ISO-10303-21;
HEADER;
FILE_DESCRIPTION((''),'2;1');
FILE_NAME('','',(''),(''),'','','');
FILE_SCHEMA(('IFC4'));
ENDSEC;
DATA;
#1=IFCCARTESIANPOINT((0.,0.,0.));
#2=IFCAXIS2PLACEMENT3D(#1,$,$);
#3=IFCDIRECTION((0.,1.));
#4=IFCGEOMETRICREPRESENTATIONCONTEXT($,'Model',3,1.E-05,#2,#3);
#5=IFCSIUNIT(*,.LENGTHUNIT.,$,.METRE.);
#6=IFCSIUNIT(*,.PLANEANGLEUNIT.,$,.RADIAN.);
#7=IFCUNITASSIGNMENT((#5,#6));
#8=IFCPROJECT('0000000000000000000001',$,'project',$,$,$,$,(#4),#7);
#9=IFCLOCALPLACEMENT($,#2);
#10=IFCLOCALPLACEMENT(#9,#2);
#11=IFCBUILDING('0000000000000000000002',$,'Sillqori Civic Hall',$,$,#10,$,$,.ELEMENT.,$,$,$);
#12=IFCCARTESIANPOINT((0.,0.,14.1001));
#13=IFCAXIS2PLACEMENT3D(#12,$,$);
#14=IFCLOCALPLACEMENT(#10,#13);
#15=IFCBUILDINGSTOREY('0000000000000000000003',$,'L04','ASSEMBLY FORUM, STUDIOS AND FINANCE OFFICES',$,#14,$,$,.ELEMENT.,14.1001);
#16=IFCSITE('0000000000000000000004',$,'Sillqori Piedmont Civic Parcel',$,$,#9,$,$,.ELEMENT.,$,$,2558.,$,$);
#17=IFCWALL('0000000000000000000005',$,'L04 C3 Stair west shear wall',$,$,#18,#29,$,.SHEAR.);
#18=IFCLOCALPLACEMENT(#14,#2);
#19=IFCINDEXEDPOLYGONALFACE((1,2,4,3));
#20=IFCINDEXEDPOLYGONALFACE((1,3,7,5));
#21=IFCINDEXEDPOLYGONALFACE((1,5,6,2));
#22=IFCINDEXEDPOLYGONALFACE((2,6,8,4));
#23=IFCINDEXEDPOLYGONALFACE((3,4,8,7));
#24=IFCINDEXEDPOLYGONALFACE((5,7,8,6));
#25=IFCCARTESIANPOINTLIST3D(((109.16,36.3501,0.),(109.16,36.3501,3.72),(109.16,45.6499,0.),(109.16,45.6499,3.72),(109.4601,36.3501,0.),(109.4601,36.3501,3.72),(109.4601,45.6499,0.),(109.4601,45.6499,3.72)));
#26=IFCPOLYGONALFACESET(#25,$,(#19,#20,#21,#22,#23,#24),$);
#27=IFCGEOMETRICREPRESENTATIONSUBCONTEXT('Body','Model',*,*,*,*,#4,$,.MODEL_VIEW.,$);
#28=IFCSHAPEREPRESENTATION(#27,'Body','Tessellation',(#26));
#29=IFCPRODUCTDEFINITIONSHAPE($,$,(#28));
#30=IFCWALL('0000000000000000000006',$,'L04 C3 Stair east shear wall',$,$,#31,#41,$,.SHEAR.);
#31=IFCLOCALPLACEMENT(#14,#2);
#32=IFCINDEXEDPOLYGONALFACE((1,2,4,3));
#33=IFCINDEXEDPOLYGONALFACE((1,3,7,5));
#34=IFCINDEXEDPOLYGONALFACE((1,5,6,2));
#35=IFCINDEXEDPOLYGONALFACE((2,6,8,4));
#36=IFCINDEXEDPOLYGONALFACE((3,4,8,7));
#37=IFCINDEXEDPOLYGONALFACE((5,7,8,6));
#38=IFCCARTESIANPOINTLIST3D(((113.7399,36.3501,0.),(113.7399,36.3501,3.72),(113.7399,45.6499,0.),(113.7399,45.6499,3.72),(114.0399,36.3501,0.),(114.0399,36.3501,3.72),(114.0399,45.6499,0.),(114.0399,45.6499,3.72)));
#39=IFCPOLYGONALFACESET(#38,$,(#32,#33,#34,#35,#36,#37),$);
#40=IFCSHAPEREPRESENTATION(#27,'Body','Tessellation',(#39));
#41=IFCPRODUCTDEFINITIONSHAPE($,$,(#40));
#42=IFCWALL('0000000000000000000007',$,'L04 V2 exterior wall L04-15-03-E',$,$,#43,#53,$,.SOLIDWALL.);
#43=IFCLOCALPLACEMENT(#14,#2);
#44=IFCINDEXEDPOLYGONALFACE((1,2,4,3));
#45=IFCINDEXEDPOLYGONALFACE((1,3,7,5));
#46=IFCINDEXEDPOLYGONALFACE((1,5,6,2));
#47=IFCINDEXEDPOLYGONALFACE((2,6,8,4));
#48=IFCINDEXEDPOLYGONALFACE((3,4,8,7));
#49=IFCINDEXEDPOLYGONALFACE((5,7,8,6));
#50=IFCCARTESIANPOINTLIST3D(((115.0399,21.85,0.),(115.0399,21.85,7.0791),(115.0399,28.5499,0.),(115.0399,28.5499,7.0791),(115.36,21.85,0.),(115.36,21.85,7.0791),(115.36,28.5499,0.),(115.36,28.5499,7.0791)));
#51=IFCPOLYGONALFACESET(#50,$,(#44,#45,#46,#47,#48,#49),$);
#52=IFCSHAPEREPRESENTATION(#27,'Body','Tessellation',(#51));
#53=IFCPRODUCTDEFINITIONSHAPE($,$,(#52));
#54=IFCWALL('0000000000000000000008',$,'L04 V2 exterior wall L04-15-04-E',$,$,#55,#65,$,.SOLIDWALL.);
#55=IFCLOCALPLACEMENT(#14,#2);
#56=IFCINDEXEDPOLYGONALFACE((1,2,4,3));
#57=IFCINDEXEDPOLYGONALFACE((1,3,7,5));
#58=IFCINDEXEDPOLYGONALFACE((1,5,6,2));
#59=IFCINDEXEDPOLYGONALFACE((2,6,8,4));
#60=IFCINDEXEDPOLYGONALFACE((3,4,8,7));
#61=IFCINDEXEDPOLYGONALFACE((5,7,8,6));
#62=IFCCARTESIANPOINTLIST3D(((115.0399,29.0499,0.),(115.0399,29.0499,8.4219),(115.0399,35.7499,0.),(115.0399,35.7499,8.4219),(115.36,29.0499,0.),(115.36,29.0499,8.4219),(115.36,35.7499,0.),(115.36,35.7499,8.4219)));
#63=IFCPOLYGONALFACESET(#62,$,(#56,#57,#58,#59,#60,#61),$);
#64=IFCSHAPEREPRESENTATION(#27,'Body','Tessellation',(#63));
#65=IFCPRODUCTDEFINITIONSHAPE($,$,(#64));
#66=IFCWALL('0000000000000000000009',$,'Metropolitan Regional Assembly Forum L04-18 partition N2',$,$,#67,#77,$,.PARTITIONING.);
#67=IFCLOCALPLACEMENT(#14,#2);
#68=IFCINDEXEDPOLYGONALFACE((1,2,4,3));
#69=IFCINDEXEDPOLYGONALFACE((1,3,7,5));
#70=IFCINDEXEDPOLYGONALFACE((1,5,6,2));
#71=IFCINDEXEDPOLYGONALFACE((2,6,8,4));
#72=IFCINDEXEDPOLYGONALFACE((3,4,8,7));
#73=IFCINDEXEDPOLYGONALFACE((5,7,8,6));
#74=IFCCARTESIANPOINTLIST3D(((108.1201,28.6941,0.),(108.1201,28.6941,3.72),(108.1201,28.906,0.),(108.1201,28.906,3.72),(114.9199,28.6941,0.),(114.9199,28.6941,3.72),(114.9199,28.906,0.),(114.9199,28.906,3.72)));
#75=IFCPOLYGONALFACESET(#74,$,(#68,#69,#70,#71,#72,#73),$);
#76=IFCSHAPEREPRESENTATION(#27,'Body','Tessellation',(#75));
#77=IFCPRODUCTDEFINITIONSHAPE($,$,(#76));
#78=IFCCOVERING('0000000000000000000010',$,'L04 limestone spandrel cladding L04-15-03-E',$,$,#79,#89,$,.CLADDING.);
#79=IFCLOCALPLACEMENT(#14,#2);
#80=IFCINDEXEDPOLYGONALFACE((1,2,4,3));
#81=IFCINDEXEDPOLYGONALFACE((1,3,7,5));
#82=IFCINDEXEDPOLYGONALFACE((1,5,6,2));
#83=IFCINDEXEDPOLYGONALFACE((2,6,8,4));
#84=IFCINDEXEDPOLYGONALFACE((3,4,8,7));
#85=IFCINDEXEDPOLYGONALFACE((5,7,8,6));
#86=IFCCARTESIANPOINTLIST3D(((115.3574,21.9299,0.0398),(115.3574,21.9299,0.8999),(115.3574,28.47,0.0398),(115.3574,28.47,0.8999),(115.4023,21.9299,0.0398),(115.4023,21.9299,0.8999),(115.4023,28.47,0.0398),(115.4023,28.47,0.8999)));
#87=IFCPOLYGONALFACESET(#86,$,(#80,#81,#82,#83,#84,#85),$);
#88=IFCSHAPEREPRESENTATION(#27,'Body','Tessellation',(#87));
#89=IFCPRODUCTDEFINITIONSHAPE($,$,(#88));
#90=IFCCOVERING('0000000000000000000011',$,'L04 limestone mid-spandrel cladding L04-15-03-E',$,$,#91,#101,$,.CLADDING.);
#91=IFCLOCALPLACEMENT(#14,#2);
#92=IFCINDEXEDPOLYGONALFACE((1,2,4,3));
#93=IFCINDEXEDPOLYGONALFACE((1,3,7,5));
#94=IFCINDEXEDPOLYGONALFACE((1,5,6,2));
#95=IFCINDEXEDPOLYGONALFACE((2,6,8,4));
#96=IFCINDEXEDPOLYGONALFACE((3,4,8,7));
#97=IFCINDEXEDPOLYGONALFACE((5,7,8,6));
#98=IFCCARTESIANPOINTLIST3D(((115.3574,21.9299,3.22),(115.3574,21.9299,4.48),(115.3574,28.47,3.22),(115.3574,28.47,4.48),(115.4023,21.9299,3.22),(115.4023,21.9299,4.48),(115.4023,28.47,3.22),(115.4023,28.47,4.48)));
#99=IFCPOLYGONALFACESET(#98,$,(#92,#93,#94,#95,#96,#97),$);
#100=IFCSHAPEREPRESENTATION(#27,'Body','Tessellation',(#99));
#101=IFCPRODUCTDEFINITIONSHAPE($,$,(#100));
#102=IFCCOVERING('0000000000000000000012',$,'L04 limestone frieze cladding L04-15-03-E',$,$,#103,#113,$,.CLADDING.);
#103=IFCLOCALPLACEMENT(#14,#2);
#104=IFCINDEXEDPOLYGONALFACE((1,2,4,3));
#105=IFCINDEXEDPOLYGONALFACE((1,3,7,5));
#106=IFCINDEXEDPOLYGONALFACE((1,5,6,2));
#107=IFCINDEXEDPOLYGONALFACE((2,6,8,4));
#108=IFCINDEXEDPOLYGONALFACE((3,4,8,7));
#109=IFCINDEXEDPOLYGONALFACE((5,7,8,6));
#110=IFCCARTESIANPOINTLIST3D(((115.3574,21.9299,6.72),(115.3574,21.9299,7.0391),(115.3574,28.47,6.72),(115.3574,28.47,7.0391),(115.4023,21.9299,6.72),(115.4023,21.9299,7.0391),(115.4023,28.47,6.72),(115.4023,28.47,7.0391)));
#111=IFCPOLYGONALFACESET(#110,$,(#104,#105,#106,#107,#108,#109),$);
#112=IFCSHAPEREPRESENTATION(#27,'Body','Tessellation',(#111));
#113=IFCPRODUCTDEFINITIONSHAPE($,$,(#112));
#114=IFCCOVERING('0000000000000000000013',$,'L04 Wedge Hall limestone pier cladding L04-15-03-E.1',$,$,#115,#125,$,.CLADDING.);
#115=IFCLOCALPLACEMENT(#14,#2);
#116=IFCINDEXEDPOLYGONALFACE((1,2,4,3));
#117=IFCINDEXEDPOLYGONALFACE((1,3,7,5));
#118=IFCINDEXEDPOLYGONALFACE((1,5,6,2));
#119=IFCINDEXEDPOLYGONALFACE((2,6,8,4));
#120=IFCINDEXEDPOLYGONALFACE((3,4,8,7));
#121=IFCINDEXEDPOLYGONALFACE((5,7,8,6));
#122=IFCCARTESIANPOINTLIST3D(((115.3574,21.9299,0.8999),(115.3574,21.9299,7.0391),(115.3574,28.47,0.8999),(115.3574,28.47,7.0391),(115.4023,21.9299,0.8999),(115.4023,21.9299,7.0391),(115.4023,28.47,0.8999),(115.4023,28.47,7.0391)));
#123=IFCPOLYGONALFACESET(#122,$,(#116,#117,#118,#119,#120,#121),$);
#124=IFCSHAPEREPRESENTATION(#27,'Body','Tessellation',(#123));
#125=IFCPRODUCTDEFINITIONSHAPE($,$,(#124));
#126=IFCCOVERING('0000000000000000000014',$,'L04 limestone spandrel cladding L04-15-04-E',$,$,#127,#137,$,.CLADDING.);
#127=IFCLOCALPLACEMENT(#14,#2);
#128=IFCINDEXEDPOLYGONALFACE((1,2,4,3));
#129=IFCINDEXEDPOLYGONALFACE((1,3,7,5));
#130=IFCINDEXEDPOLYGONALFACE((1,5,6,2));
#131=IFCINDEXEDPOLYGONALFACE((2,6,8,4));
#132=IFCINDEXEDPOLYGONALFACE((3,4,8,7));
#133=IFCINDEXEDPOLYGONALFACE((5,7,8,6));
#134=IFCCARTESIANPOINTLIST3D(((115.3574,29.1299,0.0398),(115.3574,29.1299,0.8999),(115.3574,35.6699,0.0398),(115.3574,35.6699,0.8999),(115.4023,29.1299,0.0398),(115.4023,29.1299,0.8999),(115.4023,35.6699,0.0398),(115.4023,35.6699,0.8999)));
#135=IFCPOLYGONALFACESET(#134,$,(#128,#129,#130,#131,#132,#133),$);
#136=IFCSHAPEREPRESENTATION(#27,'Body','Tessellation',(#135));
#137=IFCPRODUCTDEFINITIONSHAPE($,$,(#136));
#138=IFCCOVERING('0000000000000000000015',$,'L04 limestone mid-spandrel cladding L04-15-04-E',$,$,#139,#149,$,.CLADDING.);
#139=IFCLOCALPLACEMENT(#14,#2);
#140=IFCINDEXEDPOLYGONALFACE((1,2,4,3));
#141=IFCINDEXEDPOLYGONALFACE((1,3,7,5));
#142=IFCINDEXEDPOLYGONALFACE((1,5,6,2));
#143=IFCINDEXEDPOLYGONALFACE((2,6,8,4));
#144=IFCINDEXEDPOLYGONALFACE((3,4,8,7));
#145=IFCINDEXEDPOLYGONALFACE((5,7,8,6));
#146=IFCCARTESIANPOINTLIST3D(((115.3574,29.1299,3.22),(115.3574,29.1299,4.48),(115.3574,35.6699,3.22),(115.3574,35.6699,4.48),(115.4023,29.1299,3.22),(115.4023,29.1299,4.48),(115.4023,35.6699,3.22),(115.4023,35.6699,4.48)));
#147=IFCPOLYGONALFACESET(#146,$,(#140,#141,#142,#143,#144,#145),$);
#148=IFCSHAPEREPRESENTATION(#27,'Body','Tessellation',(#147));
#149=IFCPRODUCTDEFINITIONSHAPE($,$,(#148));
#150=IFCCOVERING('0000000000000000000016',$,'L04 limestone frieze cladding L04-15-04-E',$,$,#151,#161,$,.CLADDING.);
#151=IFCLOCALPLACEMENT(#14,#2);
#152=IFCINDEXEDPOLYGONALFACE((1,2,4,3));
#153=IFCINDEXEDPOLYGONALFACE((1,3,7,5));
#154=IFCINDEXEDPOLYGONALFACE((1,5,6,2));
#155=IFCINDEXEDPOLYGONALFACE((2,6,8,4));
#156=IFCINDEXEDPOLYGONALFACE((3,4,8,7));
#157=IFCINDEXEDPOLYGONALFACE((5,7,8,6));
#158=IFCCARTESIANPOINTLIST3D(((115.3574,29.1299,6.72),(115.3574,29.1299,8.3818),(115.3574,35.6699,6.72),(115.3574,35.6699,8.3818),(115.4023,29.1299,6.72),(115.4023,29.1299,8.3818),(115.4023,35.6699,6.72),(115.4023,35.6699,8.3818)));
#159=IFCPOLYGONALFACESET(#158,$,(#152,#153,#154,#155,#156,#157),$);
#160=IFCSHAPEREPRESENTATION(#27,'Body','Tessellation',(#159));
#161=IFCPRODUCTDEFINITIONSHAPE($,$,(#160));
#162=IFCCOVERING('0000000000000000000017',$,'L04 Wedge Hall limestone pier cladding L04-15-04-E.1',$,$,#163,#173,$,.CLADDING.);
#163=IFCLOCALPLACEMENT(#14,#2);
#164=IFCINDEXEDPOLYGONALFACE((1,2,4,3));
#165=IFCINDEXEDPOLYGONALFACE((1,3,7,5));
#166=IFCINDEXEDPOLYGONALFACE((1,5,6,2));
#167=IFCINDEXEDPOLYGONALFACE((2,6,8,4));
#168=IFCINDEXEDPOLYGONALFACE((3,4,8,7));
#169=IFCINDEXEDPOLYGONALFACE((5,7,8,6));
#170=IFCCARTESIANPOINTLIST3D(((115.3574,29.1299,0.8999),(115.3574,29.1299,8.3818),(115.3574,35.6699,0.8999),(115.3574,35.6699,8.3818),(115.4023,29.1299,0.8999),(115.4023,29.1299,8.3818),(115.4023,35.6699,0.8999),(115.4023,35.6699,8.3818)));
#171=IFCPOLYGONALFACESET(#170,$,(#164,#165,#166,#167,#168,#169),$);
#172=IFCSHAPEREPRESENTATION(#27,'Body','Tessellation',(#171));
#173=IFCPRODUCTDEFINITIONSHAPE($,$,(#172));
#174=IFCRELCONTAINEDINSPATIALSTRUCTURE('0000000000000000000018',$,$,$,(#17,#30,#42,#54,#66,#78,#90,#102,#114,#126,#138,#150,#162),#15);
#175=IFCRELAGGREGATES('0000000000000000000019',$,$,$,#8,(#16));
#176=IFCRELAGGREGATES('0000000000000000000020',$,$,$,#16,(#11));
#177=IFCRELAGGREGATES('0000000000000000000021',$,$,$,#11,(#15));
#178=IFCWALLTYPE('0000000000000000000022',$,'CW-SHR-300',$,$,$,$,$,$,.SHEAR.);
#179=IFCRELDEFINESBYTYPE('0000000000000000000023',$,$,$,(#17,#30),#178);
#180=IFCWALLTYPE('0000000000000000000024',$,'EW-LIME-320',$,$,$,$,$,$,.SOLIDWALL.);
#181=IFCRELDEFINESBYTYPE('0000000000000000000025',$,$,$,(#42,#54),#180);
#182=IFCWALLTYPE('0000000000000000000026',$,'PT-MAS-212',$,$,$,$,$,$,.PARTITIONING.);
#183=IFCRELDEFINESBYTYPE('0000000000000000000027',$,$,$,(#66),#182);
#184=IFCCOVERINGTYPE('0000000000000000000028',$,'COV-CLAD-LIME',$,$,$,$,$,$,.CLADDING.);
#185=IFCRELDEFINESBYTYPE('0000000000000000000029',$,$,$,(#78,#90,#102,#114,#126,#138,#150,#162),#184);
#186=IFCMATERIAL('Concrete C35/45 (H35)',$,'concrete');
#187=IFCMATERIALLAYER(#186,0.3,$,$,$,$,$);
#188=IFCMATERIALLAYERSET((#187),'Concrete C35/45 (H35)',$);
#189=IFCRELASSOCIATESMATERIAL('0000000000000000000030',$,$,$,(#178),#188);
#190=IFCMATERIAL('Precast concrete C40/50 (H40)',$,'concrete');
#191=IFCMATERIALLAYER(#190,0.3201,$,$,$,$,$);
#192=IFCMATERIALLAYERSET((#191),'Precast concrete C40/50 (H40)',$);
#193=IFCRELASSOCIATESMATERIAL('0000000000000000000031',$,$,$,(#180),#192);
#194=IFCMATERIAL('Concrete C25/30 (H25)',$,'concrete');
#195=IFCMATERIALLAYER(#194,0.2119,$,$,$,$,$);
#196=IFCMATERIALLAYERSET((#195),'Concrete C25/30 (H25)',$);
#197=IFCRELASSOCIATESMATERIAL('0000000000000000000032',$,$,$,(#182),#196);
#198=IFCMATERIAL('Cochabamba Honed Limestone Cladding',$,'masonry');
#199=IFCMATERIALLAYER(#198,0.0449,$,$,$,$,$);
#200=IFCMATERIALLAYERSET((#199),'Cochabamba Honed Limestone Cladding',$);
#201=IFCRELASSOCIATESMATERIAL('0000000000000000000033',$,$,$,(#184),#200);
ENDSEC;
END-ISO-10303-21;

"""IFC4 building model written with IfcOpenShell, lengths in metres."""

from ifc_helpers import new_model, si_unit, direction, frame, frame_2d, origin, place, context, subcontext, project, spatial, rectangle, extrude, material, layer, layer_set, type_object, element, save


model = new_model("IFC4")

# Units and contexts
model_context = context("Model", 3, precision=1e-05, world=origin(), true_north=direction((0.0, 1.0)))
body_context = subcontext(model_context, "Body", "Model", "MODEL_VIEW")
ifc_project = project(units=[si_unit("LENGTHUNIT", "METRE"), si_unit("PLANEANGLEUNIT", "RADIAN")], contexts=[model_context])

# Site, building, storey
site_placement = place(None, origin())
site = spatial("IfcSite", under=ifc_project, at=site_placement, Name="Sillqori Piedmont Civic Parcel", CompositionType="ELEMENT", RefElevation=2558.0)
building_placement = place(site_placement, origin())
building = spatial("IfcBuilding", under=site, at=building_placement, Name="Sillqori Civic Hall", CompositionType="ELEMENT")
storey_placement = place(building_placement, frame((0.0, 0.0, 14.1001)))
storey = spatial("IfcBuildingStorey", under=building, at=storey_placement, Name="L04", Description="ASSEMBLY FORUM, STUDIOS AND FINANCE OFFICES", CompositionType="ELEMENT", Elevation=14.1001)

# Shared definitions
ifc_material_1 = material(Name="Concrete C35/45 (H35)", Category="concrete")

# Shared definitions
ifc_material_2 = material(Name="Precast concrete C40/50 (H40)", Category="concrete")

# Walls
ifc_layer_1 = layer(ifc_material_1, 0.3)
ifc_layer_set_1 = layer_set([ifc_layer_1], Name="Concrete C35/45 (H35)")
wall_type_1 = type_object("IfcWallType", Name="CW-SHR-300", PredefinedType="SHEAR", material=ifc_layer_set_1)
for number, where, z_axis, x_axis, name in (
    (1, (109.3101, 36.3501, 0.0), (0.0, 0.0, 1.0), (0.0, 1.0, 0.0), "L04 C3 Stair west shear wall"),
    (2, (113.8899, 36.3501, 0.0), (0.0, 0.0, 1.0), (0.0, 1.0, 0.0), "L04 C3 Stair east shear wall"),
):
    element("IfcWall", number, at=place(storey_placement, frame(where, z_axis=z_axis, x_axis=x_axis)), inside=storey, type_object=wall_type_1, Name=name, PredefinedType="SHEAR", context=body_context, shape_type="SweptSolid", body=[
        extrude(rectangle(XDim=9.2998, YDim=0.3, at=frame_2d((4.6499, 0.0))), origin(), (0.0, 0.0, 1.0), 3.72),
    ])
ifc_layer_2 = layer(ifc_material_2, 0.3201)
ifc_layer_set_2 = layer_set([ifc_layer_2], Name="Precast concrete C40/50 (H40)")
wall_type_2 = type_object("IfcWallType", Name="EW-LIME-320", PredefinedType="SOLIDWALL", material=ifc_layer_set_2)
wall_1_placement = place(storey_placement, frame((115.2, 28.55, 0.0), z_axis=(0.0, 0.0, 1.0), x_axis=(0.0, -1.0, 0.0)))
element("IfcWall", 3, at=wall_1_placement, inside=storey, type_object=wall_type_2, Name="L04 V2 exterior wall L04-15-03-E", PredefinedType="SOLIDWALL", context=body_context, shape_type="SweptSolid", body=[
    extrude(rectangle(XDim=6.7, YDim=0.3201, at=frame_2d((3.3501, 0.0))), origin(), (0.0, 0.0, 1.0), 7.0791),
])
wall_2_placement = place(storey_placement, frame((115.2, 35.75, 0.0), z_axis=(0.0, 0.0, 1.0), x_axis=(0.0, -1.0, 0.0)))
element("IfcWall", 4, at=wall_2_placement, inside=storey, type_object=wall_type_2, Name="L04 V2 exterior wall L04-15-04-E", PredefinedType="SOLIDWALL", context=body_context, shape_type="SweptSolid", body=[
    extrude(rectangle(XDim=6.7, YDim=0.3201, at=frame_2d((3.3501, 0.0))), origin(), (0.0, 0.0, 1.0), 8.4219),
])

# Shared definitions
ifc_material_3 = material(Name="Concrete C25/30 (H25)", Category="concrete")
ifc_layer_3 = layer(ifc_material_3, 0.2119)
ifc_layer_set_3 = layer_set([ifc_layer_3], Name="Concrete C25/30 (H25)")
wall_type_3 = type_object("IfcWallType", Name="PT-MAS-212", PredefinedType="PARTITIONING", material=ifc_layer_set_3)

# Wall
wall_3_placement = place(storey_placement, frame((108.1201, 28.8, 0.0), z_axis=(0.0, 0.0, 1.0), x_axis=(1.0, 0.0, 0.0)))
element("IfcWall", 5, at=wall_3_placement, inside=storey, type_object=wall_type_3, Name="Metropolitan Regional Assembly Forum L04-18 partition N2", PredefinedType="PARTITIONING", context=body_context, shape_type="SweptSolid", body=[
    extrude(rectangle(XDim=6.7998, YDim=0.2119, at=frame_2d((3.3999, 0.0))), origin(), (0.0, 0.0, 1.0), 3.72),
])

# Coverings
ifc_material_4 = material(Name="Cochabamba Honed Limestone Cladding", Category="masonry")
ifc_layer_4 = layer(ifc_material_4, 0.0449)
ifc_layer_set_4 = layer_set([ifc_layer_4], Name="Cochabamba Honed Limestone Cladding")
covering_type = type_object("IfcCoveringType", Name="COV-CLAD-LIME", PredefinedType="CLADDING", material=ifc_layer_set_4)
covering_1_placement = place(storey_placement, frame((115.3799, 28.47, 0.0398), z_axis=(0.0, 0.0, 1.0), x_axis=(0.0, -1.0, 0.0)))
element("IfcCovering", 6, at=covering_1_placement, inside=storey, type_object=covering_type, Name="L04 limestone spandrel cladding L04-15-03-E", PredefinedType="CLADDING", context=body_context, shape_type="SweptSolid", body=[
    extrude(rectangle(XDim=6.54, YDim=0.0449, at=frame_2d((3.27, 0.0))), origin(), (0.0, 0.0, 1.0), 0.8601),
])
covering_2_placement = place(storey_placement, frame((115.3799, 28.47, 3.22), z_axis=(0.0, 0.0, 1.0), x_axis=(0.0, -1.0, 0.0)))
element("IfcCovering", 7, at=covering_2_placement, inside=storey, type_object=covering_type, Name="L04 limestone mid-spandrel cladding L04-15-03-E", PredefinedType="CLADDING", context=body_context, shape_type="SweptSolid", body=[
    extrude(rectangle(XDim=6.54, YDim=0.0449, at=frame_2d((3.27, 0.0))), origin(), (0.0, 0.0, 1.0), 1.26),
])
covering_3_placement = place(storey_placement, frame((115.3799, 28.47, 6.72), z_axis=(0.0, 0.0, 1.0), x_axis=(0.0, -1.0, 0.0)))
element("IfcCovering", 8, at=covering_3_placement, inside=storey, type_object=covering_type, Name="L04 limestone frieze cladding L04-15-03-E", PredefinedType="CLADDING", context=body_context, shape_type="SweptSolid", body=[
    extrude(rectangle(XDim=6.54, YDim=0.0449, at=frame_2d((3.27, 0.0))), origin(), (0.0, 0.0, 1.0), 0.3191),
])
covering_4_placement = place(storey_placement, frame((115.3799, 28.47, 0.8999), z_axis=(0.0, 0.0, 1.0), x_axis=(0.0, -1.0, 0.0)))
element("IfcCovering", 9, at=covering_4_placement, inside=storey, type_object=covering_type, Name="L04 Wedge Hall limestone pier cladding L04-15-03-E.1", PredefinedType="CLADDING", context=body_context, shape_type="SweptSolid", body=[
    extrude(rectangle(XDim=6.54, YDim=0.0449, at=frame_2d((3.27, 0.0))), origin(), (0.0, 0.0, 1.0), 6.1392),
])
covering_5_placement = place(storey_placement, frame((115.3799, 35.6699, 0.0398), z_axis=(0.0, 0.0, 1.0), x_axis=(0.0, -1.0, 0.0)))
element("IfcCovering", 10, at=covering_5_placement, inside=storey, type_object=covering_type, Name="L04 limestone spandrel cladding L04-15-04-E", PredefinedType="CLADDING", context=body_context, shape_type="SweptSolid", body=[
    extrude(rectangle(XDim=6.54, YDim=0.0449, at=frame_2d((3.27, 0.0))), origin(), (0.0, 0.0, 1.0), 0.8601),
])
covering_6_placement = place(storey_placement, frame((115.3799, 35.6699, 3.22), z_axis=(0.0, 0.0, 1.0), x_axis=(0.0, -1.0, 0.0)))
element("IfcCovering", 11, at=covering_6_placement, inside=storey, type_object=covering_type, Name="L04 limestone mid-spandrel cladding L04-15-04-E", PredefinedType="CLADDING", context=body_context, shape_type="SweptSolid", body=[
    extrude(rectangle(XDim=6.54, YDim=0.0449, at=frame_2d((3.27, 0.0))), origin(), (0.0, 0.0, 1.0), 1.26),
])
covering_7_placement = place(storey_placement, frame((115.3799, 35.6699, 6.72), z_axis=(0.0, 0.0, 1.0), x_axis=(0.0, -1.0, 0.0)))
element("IfcCovering", 12, at=covering_7_placement, inside=storey, type_object=covering_type, Name="L04 limestone frieze cladding L04-15-04-E", PredefinedType="CLADDING", context=body_context, shape_type="SweptSolid", body=[
    extrude(rectangle(XDim=6.54, YDim=0.0449, at=frame_2d((3.27, 0.0))), origin(), (0.0, 0.0, 1.0), 1.6619),
])
covering_8_placement = place(storey_placement, frame((115.3799, 35.6699, 0.8999), z_axis=(0.0, 0.0, 1.0), x_axis=(0.0, -1.0, 0.0)))
element("IfcCovering", 13, at=covering_8_placement, inside=storey, type_object=covering_type, Name="L04 Wedge Hall limestone pier cladding L04-15-04-E.1", PredefinedType="CLADDING", context=body_context, shape_type="SweptSolid", body=[
    extrude(rectangle(XDim=6.54, YDim=0.0449, at=frame_2d((3.27, 0.0))), origin(), (0.0, 0.0, 1.0), 7.4819),
])

save(model, "model.ifc")
